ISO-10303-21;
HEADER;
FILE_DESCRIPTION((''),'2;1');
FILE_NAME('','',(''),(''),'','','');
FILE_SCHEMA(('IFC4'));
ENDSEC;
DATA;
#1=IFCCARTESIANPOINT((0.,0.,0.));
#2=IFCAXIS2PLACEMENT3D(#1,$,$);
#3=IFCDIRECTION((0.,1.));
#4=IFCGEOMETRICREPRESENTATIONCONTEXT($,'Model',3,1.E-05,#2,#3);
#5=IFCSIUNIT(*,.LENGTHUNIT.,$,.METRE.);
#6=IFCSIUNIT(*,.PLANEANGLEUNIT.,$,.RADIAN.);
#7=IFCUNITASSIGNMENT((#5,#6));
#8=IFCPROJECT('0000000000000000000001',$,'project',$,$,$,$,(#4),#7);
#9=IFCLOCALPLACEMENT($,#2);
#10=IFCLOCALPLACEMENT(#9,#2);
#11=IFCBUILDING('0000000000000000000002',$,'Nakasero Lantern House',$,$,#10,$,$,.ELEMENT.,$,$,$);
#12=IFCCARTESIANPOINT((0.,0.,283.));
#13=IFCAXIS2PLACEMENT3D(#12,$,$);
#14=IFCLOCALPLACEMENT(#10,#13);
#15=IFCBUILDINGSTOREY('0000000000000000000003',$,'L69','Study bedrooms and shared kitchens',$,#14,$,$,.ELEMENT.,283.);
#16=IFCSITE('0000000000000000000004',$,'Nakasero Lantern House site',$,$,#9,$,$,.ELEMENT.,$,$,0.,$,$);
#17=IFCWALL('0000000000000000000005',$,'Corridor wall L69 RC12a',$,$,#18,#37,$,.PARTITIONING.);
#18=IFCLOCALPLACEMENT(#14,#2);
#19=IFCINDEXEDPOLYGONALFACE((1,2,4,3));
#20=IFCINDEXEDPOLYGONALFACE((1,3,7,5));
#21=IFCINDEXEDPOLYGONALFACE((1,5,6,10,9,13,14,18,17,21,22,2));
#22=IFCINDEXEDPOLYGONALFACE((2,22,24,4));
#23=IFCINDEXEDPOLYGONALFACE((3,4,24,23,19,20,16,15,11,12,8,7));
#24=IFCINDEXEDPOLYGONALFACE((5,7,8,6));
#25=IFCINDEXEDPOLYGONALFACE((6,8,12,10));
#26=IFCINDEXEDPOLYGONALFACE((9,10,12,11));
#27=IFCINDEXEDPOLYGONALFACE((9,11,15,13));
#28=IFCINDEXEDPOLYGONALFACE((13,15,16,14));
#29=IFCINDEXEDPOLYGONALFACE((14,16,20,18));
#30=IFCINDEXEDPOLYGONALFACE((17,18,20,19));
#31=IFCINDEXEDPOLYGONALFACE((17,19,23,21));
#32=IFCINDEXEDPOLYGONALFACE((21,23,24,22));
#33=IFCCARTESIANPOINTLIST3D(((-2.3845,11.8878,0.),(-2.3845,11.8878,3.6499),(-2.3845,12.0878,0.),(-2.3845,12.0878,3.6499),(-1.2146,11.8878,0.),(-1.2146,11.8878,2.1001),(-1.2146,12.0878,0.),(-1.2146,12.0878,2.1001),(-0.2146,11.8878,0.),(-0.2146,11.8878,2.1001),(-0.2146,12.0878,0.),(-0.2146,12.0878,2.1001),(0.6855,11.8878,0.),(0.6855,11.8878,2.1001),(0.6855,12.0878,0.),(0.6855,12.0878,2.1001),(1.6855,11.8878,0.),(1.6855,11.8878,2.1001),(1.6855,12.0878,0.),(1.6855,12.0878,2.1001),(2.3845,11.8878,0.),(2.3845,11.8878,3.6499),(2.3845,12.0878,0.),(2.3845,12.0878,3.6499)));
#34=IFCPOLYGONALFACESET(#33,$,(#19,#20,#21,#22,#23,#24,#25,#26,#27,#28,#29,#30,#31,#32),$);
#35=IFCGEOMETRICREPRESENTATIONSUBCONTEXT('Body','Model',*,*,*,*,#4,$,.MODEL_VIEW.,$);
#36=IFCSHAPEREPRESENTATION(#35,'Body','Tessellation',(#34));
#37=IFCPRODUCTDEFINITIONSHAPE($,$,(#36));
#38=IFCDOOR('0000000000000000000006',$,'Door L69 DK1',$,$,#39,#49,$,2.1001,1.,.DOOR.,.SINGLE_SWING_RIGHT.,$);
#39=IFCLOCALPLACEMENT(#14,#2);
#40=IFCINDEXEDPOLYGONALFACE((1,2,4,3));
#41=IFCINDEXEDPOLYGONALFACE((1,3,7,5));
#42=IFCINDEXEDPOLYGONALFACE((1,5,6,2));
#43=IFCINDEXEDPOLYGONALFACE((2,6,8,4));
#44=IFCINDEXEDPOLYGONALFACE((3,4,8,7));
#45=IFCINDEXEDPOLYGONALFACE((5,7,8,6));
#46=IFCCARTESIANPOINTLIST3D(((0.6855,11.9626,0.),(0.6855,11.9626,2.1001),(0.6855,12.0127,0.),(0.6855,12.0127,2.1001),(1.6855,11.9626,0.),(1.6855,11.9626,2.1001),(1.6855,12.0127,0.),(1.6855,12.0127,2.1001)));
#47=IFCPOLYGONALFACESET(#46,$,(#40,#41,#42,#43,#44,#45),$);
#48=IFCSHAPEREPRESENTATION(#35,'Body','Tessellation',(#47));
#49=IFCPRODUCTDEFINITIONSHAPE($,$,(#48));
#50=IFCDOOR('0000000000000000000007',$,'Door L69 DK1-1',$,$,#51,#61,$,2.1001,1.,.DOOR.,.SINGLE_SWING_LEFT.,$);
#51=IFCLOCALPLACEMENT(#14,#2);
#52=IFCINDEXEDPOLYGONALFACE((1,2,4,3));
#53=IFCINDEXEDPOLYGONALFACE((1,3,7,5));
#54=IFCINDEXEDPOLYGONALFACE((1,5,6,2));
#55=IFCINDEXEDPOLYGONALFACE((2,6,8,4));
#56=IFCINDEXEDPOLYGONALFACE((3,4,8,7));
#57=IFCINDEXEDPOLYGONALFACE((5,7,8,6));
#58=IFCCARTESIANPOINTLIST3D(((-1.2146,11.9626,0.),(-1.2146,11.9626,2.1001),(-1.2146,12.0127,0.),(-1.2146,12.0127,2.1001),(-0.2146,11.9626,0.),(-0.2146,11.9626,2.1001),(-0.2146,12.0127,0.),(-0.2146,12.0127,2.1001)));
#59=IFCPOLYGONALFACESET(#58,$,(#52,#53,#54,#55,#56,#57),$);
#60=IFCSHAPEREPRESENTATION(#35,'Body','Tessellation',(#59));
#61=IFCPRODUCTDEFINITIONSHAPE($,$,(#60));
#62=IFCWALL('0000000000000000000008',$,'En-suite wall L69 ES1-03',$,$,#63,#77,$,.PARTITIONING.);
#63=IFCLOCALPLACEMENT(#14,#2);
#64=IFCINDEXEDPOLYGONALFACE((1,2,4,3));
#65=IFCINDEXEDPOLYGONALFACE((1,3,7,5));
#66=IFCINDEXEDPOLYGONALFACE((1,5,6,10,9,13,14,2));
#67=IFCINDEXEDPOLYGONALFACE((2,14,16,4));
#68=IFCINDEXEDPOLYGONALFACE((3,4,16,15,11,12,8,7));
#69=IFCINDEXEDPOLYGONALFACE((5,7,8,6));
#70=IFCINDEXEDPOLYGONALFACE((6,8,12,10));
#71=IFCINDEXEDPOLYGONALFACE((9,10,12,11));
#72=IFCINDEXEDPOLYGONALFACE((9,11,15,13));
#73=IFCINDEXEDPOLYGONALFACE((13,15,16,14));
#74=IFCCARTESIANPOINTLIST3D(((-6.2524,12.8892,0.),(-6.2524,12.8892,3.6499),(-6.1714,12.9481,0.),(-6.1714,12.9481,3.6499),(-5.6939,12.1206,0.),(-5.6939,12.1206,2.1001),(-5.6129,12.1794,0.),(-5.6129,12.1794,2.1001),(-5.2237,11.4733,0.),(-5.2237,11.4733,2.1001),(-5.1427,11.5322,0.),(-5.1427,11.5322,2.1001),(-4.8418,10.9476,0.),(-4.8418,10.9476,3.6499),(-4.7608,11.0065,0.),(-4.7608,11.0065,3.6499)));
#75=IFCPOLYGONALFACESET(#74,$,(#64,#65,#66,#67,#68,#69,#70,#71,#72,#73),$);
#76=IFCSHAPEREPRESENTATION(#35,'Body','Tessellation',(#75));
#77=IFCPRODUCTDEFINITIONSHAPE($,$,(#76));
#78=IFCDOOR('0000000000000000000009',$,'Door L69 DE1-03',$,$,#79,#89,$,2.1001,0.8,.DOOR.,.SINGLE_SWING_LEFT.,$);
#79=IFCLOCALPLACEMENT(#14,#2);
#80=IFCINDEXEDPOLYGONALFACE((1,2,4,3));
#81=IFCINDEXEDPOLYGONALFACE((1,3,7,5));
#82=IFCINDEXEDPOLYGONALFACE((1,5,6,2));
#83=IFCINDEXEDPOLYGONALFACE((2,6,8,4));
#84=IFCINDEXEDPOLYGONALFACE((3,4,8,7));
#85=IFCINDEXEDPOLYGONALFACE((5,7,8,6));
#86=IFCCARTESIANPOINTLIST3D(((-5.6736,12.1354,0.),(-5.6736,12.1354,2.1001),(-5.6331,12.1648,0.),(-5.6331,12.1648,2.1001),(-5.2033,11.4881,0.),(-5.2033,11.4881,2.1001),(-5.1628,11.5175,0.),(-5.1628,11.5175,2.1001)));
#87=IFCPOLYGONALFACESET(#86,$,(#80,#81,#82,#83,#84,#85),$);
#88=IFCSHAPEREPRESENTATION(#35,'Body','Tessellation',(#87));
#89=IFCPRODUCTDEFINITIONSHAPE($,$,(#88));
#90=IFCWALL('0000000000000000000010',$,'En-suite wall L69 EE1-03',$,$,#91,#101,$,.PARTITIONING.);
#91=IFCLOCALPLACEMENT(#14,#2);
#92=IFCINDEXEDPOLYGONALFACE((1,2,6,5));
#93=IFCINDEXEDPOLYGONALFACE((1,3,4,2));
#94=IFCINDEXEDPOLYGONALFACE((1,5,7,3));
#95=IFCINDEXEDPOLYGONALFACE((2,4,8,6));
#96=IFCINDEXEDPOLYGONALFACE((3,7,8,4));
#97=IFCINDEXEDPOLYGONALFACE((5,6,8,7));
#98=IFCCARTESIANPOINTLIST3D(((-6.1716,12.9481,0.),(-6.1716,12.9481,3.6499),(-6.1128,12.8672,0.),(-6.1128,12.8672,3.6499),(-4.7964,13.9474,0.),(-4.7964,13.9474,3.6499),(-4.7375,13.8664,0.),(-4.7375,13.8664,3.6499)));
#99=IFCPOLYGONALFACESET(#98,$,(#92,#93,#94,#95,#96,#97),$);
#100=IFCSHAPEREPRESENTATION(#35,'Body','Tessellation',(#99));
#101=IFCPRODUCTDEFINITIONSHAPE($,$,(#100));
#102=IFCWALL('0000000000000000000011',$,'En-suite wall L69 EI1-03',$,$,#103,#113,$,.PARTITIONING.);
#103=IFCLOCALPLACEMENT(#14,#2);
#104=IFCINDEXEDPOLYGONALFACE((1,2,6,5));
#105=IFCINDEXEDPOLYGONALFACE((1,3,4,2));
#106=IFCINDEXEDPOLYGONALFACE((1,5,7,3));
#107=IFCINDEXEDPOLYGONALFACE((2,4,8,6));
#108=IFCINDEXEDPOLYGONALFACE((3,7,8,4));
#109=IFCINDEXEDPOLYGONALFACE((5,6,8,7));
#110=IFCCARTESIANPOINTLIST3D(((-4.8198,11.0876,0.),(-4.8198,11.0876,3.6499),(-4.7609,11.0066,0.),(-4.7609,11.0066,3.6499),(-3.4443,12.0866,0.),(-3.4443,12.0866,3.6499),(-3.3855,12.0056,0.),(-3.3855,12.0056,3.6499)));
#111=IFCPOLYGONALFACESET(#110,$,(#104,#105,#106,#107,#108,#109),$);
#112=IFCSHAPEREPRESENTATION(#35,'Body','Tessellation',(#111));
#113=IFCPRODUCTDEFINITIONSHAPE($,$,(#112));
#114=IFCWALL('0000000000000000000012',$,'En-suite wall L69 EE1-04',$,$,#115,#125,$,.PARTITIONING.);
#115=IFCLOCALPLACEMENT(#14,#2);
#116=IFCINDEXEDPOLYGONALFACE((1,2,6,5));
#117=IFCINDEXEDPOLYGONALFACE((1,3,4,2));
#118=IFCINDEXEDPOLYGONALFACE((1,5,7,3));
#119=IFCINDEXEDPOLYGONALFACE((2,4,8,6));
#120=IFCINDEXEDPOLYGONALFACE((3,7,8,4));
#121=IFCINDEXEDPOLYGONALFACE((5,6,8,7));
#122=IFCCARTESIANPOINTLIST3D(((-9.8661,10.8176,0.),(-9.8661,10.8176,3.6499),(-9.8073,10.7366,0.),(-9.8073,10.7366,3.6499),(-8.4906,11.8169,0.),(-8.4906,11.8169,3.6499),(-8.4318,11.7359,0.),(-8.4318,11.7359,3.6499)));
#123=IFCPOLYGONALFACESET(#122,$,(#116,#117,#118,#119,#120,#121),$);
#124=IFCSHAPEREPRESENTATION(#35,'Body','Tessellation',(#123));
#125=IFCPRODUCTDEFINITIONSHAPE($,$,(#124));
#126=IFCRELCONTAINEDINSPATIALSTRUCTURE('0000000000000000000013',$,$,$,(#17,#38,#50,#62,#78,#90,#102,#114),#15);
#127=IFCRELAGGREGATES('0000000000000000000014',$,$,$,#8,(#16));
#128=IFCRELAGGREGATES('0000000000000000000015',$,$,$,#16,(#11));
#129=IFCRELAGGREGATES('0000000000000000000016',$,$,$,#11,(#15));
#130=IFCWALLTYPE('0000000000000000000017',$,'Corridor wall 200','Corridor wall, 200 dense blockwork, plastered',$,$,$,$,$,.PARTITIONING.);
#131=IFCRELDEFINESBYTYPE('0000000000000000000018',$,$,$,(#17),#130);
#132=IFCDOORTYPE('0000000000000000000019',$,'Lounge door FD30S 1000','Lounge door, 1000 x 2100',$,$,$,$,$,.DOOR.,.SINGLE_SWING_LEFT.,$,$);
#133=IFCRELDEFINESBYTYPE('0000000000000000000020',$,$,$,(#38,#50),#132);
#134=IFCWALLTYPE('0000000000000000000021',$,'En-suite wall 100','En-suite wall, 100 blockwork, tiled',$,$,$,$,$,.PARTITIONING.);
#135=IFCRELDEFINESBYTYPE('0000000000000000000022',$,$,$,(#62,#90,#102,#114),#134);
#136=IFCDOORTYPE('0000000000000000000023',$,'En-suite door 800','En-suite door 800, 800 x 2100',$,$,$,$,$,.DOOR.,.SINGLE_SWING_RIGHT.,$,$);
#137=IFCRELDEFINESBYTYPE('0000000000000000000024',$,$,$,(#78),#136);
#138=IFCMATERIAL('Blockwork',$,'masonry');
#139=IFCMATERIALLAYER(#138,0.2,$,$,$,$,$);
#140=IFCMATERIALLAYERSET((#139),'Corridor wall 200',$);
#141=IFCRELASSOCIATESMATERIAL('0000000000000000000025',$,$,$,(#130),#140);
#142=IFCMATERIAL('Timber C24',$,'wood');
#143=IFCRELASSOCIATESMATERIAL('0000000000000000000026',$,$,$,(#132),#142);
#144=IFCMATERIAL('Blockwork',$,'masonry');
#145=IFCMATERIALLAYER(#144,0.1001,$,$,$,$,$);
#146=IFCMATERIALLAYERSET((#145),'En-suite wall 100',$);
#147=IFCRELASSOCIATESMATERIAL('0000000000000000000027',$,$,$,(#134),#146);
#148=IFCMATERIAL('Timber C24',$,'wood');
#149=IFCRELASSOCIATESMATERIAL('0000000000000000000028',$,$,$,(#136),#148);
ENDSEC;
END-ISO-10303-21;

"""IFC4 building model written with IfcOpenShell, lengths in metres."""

from ifc_helpers import new_model, si_unit, direction, frame, frame_2d, origin, place, context, subcontext, project, spatial, rectangle, extrude, material, layer, layer_set, type_object, element, fill, save


model = new_model("IFC4")

# Units and contexts
model_context = context("Model", 3, precision=1e-05, world=origin(), true_north=direction((0.0, 1.0)))
body_context = subcontext(model_context, "Body", "Model", "MODEL_VIEW")
ifc_project = project(units=[si_unit("LENGTHUNIT", "METRE"), si_unit("PLANEANGLEUNIT", "RADIAN")], contexts=[model_context])

# Site, building, storey
site_placement = place(None, origin())
site = spatial("IfcSite", under=ifc_project, at=site_placement, Name="Nakasero Lantern House site", CompositionType="ELEMENT", RefElevation=0.0)
building_placement = place(site_placement, origin())
building = spatial("IfcBuilding", under=site, at=building_placement, Name="Nakasero Lantern House", CompositionType="ELEMENT")
storey_placement = place(building_placement, frame((0.0, 0.0, 283.0)))
storey = spatial("IfcBuildingStorey", under=building, at=storey_placement, Name="L69", Description="Study bedrooms and shared kitchens", CompositionType="ELEMENT", Elevation=283.0)

# Shared definitions
ifc_material_1 = material(Name="Blockwork", Category="masonry")
ifc_layer_1 = layer(ifc_material_1, 0.2)
ifc_layer_set_1 = layer_set([ifc_layer_1], Name="Corridor wall 200")
wall_type_1 = type_object("IfcWallType", Name="Corridor wall 200", Description="Corridor wall, 200 dense blockwork, plastered", PredefinedType="PARTITIONING", material=ifc_layer_set_1)

# Wall, openings, doors
wall_1_placement = place(storey_placement, frame((-2.3845, 11.9878, 0.0), z_axis=(0.0, 0.0, 1.0), x_axis=(1.0, 0.0, 0.0)))
wall_1 = element("IfcWall", 1, at=wall_1_placement, inside=storey, type_object=wall_type_1, Name="Corridor wall L69 RC12a", PredefinedType="PARTITIONING", context=body_context, shape_type="SweptSolid", body=[
    extrude(rectangle(XDim=4.769, YDim=0.2, at=frame_2d((2.3845, 0.0))), origin(), (0.0, 0.0, 1.0), 3.6499),
])
opening_1_placement = place(wall_1_placement, frame((3.0701, 0.0, 0.0)))
opening_1 = element("IfcOpeningElement", 2, at=opening_1_placement, cuts=wall_1, PredefinedType="OPENING", context=body_context, shape_type="SweptSolid", body=[
    extrude(rectangle(XDim=1.0, YDim=2.1001, at=frame_2d((0.5, 1.05))), frame((0.0, 0.1199, 0.0), z_axis=(0.0, -1.0, 0.0), x_axis=(1.0, 0.0, 0.0)), (0.0, 0.0, 1.0), 0.24),
])
opening_2_placement = place(wall_1_placement, frame((1.1699, 0.0, 0.0)))
opening_2 = element("IfcOpeningElement", 3, at=opening_2_placement, cuts=wall_1, PredefinedType="OPENING", context=body_context, shape_type="SweptSolid", body=[
    extrude(rectangle(XDim=1.0, YDim=2.1001, at=frame_2d((0.5, 1.05))), frame((0.0, 0.1199, 0.0), z_axis=(0.0, -1.0, 0.0), x_axis=(1.0, 0.0, 0.0)), (0.0, 0.0, 1.0), 0.24),
])
ifc_material_2 = material(Name="Timber C24", Category="wood")
door_type_1 = type_object("IfcDoorType", Name="Lounge door FD30S 1000", Description="Lounge door, 1000 x 2100", OperationType="SINGLE_SWING_LEFT", PredefinedType="DOOR", material=ifc_material_2)
door_1_placement = place(opening_1_placement, origin())
door_1 = element("IfcDoor", 4, at=door_1_placement, inside=storey, type_object=door_type_1, Name="Door L69 DK1", OperationType="SINGLE_SWING_RIGHT", OverallHeight=2.1001, OverallWidth=1.0, PredefinedType="DOOR", context=body_context, shape_type="SweptSolid", body=[
    extrude(rectangle(XDim=1.0, YDim=2.1001, at=frame_2d((0.5, 1.05))), frame((0.0, 0.0249, 0.0), z_axis=(0.0, -1.0, 0.0), x_axis=(1.0, 0.0, 0.0)), (0.0, 0.0, 1.0), 0.05),
])
fill(opening_1, door_1)
door_2_placement = place(opening_2_placement, origin())
door_2 = element("IfcDoor", 5, at=door_2_placement, inside=storey, type_object=door_type_1, Name="Door L69 DK1-1", OperationType="SINGLE_SWING_LEFT", OverallHeight=2.1001, OverallWidth=1.0, PredefinedType="DOOR", context=body_context, shape_type="SweptSolid", body=[
    extrude(rectangle(XDim=1.0, YDim=2.1001, at=frame_2d((0.5, 1.05))), frame((0.0, 0.0249, 0.0), z_axis=(0.0, -1.0, 0.0), x_axis=(1.0, 0.0, 0.0)), (0.0, 0.0, 1.0), 0.05),
])
fill(opening_2, door_2)

# Wall, opening, door
ifc_material_3 = material(Name="Blockwork", Category="masonry")
ifc_layer_2 = layer(ifc_material_3, 0.1001)
ifc_layer_set_2 = layer_set([ifc_layer_2], Name="En-suite wall 100")
wall_type_2 = type_object("IfcWallType", Name="En-suite wall 100", Description="En-suite wall, 100 blockwork, tiled", PredefinedType="PARTITIONING", material=ifc_layer_set_2)
wall_2_placement = place(storey_placement, frame((-4.8013, 10.9771, 0.0), z_axis=(0.0, 0.0, 1.0), x_axis=(-0.587772, 0.809026, 0.0)))
wall_2 = element("IfcWall", 6, at=wall_2_placement, inside=storey, type_object=wall_type_2, Name="En-suite wall L69 ES1-03", PredefinedType="PARTITIONING", context=body_context, shape_type="SweptSolid", body=[
    extrude(rectangle(XDim=2.3999, YDim=0.1001, at=frame_2d((1.2, 0.0))), origin(), (0.0, 0.0, 1.0), 3.6499),
])
opening_3_placement = place(wall_2_placement, frame((0.6499, 0.0, 0.0)))
opening_3 = element("IfcOpeningElement", 7, at=opening_3_placement, cuts=wall_2, PredefinedType="OPENING", context=body_context, shape_type="SweptSolid", body=[
    extrude(rectangle(XDim=0.8, YDim=2.1001, at=frame_2d((0.3999, 1.05))), frame((0.0, 0.0701, 0.0), z_axis=(0.0, -1.0, 0.0), x_axis=(1.0, 0.0, 0.0)), (0.0, 0.0, 1.0), 0.1401),
])
ifc_material_4 = material(Name="Timber C24", Category="wood")
door_type_2 = type_object("IfcDoorType", Name="En-suite door 800", Description="En-suite door 800, 800 x 2100", OperationType="SINGLE_SWING_RIGHT", PredefinedType="DOOR", material=ifc_material_4)
door_3_placement = place(opening_3_placement, origin())
door_3 = element("IfcDoor", 8, at=door_3_placement, inside=storey, type_object=door_type_2, Name="Door L69 DE1-03", OperationType="SINGLE_SWING_LEFT", OverallHeight=2.1001, OverallWidth=0.8, PredefinedType="DOOR", context=body_context, shape_type="SweptSolid", body=[
    extrude(rectangle(XDim=0.8, YDim=2.1001, at=frame_2d((0.3999, 1.05))), frame((0.0, 0.0249, 0.0), z_axis=(0.0, -1.0, 0.0), x_axis=(1.0, 0.0, 0.0)), (0.0, 0.0, 1.0), 0.05),
])
fill(opening_3, door_3)

# Walls
for number, where, z_axis, x_axis, name in (
    (9, (-4.7668, 13.907, 0.0), (0.0, 0.0, 1.0), (-0.808991, -0.587822, 0.0), "En-suite wall L69 EE1-03"),
    (10, (-3.4148, 12.0461, 0.0), (0.0, 0.0, 1.0), (-0.809109, -0.587659, 0.0), "En-suite wall L69 EI1-03"),
):
    element("IfcWall", number, at=place(storey_placement, frame(where, z_axis=z_axis, x_axis=x_axis)), inside=storey, type_object=wall_type_2, Name=name, PredefinedType="PARTITIONING", context=body_context, shape_type="SweptSolid", body=[
        extrude(rectangle(XDim=1.7, YDim=0.1001, at=frame_2d((0.8501, 0.0))), origin(), (0.0, 0.0, 1.0), 3.6499),
    ])
wall_3_placement = place(storey_placement, frame((-8.4612, 11.7764, 0.0), z_axis=(0.0, 0.0, 1.0), x_axis=(-0.80904, -0.587753, 0.0)))
element("IfcWall", 11, at=wall_3_placement, inside=storey, type_object=wall_type_2, Name="En-suite wall L69 EE1-04", PredefinedType="PARTITIONING", context=body_context, shape_type="SweptSolid", body=[
    extrude(rectangle(XDim=1.7002, YDim=0.1001, at=frame_2d((0.8501, 0.0))), origin(), (0.0, 0.0, 1.0), 3.6499),
])

save(model, "model.ifc")
